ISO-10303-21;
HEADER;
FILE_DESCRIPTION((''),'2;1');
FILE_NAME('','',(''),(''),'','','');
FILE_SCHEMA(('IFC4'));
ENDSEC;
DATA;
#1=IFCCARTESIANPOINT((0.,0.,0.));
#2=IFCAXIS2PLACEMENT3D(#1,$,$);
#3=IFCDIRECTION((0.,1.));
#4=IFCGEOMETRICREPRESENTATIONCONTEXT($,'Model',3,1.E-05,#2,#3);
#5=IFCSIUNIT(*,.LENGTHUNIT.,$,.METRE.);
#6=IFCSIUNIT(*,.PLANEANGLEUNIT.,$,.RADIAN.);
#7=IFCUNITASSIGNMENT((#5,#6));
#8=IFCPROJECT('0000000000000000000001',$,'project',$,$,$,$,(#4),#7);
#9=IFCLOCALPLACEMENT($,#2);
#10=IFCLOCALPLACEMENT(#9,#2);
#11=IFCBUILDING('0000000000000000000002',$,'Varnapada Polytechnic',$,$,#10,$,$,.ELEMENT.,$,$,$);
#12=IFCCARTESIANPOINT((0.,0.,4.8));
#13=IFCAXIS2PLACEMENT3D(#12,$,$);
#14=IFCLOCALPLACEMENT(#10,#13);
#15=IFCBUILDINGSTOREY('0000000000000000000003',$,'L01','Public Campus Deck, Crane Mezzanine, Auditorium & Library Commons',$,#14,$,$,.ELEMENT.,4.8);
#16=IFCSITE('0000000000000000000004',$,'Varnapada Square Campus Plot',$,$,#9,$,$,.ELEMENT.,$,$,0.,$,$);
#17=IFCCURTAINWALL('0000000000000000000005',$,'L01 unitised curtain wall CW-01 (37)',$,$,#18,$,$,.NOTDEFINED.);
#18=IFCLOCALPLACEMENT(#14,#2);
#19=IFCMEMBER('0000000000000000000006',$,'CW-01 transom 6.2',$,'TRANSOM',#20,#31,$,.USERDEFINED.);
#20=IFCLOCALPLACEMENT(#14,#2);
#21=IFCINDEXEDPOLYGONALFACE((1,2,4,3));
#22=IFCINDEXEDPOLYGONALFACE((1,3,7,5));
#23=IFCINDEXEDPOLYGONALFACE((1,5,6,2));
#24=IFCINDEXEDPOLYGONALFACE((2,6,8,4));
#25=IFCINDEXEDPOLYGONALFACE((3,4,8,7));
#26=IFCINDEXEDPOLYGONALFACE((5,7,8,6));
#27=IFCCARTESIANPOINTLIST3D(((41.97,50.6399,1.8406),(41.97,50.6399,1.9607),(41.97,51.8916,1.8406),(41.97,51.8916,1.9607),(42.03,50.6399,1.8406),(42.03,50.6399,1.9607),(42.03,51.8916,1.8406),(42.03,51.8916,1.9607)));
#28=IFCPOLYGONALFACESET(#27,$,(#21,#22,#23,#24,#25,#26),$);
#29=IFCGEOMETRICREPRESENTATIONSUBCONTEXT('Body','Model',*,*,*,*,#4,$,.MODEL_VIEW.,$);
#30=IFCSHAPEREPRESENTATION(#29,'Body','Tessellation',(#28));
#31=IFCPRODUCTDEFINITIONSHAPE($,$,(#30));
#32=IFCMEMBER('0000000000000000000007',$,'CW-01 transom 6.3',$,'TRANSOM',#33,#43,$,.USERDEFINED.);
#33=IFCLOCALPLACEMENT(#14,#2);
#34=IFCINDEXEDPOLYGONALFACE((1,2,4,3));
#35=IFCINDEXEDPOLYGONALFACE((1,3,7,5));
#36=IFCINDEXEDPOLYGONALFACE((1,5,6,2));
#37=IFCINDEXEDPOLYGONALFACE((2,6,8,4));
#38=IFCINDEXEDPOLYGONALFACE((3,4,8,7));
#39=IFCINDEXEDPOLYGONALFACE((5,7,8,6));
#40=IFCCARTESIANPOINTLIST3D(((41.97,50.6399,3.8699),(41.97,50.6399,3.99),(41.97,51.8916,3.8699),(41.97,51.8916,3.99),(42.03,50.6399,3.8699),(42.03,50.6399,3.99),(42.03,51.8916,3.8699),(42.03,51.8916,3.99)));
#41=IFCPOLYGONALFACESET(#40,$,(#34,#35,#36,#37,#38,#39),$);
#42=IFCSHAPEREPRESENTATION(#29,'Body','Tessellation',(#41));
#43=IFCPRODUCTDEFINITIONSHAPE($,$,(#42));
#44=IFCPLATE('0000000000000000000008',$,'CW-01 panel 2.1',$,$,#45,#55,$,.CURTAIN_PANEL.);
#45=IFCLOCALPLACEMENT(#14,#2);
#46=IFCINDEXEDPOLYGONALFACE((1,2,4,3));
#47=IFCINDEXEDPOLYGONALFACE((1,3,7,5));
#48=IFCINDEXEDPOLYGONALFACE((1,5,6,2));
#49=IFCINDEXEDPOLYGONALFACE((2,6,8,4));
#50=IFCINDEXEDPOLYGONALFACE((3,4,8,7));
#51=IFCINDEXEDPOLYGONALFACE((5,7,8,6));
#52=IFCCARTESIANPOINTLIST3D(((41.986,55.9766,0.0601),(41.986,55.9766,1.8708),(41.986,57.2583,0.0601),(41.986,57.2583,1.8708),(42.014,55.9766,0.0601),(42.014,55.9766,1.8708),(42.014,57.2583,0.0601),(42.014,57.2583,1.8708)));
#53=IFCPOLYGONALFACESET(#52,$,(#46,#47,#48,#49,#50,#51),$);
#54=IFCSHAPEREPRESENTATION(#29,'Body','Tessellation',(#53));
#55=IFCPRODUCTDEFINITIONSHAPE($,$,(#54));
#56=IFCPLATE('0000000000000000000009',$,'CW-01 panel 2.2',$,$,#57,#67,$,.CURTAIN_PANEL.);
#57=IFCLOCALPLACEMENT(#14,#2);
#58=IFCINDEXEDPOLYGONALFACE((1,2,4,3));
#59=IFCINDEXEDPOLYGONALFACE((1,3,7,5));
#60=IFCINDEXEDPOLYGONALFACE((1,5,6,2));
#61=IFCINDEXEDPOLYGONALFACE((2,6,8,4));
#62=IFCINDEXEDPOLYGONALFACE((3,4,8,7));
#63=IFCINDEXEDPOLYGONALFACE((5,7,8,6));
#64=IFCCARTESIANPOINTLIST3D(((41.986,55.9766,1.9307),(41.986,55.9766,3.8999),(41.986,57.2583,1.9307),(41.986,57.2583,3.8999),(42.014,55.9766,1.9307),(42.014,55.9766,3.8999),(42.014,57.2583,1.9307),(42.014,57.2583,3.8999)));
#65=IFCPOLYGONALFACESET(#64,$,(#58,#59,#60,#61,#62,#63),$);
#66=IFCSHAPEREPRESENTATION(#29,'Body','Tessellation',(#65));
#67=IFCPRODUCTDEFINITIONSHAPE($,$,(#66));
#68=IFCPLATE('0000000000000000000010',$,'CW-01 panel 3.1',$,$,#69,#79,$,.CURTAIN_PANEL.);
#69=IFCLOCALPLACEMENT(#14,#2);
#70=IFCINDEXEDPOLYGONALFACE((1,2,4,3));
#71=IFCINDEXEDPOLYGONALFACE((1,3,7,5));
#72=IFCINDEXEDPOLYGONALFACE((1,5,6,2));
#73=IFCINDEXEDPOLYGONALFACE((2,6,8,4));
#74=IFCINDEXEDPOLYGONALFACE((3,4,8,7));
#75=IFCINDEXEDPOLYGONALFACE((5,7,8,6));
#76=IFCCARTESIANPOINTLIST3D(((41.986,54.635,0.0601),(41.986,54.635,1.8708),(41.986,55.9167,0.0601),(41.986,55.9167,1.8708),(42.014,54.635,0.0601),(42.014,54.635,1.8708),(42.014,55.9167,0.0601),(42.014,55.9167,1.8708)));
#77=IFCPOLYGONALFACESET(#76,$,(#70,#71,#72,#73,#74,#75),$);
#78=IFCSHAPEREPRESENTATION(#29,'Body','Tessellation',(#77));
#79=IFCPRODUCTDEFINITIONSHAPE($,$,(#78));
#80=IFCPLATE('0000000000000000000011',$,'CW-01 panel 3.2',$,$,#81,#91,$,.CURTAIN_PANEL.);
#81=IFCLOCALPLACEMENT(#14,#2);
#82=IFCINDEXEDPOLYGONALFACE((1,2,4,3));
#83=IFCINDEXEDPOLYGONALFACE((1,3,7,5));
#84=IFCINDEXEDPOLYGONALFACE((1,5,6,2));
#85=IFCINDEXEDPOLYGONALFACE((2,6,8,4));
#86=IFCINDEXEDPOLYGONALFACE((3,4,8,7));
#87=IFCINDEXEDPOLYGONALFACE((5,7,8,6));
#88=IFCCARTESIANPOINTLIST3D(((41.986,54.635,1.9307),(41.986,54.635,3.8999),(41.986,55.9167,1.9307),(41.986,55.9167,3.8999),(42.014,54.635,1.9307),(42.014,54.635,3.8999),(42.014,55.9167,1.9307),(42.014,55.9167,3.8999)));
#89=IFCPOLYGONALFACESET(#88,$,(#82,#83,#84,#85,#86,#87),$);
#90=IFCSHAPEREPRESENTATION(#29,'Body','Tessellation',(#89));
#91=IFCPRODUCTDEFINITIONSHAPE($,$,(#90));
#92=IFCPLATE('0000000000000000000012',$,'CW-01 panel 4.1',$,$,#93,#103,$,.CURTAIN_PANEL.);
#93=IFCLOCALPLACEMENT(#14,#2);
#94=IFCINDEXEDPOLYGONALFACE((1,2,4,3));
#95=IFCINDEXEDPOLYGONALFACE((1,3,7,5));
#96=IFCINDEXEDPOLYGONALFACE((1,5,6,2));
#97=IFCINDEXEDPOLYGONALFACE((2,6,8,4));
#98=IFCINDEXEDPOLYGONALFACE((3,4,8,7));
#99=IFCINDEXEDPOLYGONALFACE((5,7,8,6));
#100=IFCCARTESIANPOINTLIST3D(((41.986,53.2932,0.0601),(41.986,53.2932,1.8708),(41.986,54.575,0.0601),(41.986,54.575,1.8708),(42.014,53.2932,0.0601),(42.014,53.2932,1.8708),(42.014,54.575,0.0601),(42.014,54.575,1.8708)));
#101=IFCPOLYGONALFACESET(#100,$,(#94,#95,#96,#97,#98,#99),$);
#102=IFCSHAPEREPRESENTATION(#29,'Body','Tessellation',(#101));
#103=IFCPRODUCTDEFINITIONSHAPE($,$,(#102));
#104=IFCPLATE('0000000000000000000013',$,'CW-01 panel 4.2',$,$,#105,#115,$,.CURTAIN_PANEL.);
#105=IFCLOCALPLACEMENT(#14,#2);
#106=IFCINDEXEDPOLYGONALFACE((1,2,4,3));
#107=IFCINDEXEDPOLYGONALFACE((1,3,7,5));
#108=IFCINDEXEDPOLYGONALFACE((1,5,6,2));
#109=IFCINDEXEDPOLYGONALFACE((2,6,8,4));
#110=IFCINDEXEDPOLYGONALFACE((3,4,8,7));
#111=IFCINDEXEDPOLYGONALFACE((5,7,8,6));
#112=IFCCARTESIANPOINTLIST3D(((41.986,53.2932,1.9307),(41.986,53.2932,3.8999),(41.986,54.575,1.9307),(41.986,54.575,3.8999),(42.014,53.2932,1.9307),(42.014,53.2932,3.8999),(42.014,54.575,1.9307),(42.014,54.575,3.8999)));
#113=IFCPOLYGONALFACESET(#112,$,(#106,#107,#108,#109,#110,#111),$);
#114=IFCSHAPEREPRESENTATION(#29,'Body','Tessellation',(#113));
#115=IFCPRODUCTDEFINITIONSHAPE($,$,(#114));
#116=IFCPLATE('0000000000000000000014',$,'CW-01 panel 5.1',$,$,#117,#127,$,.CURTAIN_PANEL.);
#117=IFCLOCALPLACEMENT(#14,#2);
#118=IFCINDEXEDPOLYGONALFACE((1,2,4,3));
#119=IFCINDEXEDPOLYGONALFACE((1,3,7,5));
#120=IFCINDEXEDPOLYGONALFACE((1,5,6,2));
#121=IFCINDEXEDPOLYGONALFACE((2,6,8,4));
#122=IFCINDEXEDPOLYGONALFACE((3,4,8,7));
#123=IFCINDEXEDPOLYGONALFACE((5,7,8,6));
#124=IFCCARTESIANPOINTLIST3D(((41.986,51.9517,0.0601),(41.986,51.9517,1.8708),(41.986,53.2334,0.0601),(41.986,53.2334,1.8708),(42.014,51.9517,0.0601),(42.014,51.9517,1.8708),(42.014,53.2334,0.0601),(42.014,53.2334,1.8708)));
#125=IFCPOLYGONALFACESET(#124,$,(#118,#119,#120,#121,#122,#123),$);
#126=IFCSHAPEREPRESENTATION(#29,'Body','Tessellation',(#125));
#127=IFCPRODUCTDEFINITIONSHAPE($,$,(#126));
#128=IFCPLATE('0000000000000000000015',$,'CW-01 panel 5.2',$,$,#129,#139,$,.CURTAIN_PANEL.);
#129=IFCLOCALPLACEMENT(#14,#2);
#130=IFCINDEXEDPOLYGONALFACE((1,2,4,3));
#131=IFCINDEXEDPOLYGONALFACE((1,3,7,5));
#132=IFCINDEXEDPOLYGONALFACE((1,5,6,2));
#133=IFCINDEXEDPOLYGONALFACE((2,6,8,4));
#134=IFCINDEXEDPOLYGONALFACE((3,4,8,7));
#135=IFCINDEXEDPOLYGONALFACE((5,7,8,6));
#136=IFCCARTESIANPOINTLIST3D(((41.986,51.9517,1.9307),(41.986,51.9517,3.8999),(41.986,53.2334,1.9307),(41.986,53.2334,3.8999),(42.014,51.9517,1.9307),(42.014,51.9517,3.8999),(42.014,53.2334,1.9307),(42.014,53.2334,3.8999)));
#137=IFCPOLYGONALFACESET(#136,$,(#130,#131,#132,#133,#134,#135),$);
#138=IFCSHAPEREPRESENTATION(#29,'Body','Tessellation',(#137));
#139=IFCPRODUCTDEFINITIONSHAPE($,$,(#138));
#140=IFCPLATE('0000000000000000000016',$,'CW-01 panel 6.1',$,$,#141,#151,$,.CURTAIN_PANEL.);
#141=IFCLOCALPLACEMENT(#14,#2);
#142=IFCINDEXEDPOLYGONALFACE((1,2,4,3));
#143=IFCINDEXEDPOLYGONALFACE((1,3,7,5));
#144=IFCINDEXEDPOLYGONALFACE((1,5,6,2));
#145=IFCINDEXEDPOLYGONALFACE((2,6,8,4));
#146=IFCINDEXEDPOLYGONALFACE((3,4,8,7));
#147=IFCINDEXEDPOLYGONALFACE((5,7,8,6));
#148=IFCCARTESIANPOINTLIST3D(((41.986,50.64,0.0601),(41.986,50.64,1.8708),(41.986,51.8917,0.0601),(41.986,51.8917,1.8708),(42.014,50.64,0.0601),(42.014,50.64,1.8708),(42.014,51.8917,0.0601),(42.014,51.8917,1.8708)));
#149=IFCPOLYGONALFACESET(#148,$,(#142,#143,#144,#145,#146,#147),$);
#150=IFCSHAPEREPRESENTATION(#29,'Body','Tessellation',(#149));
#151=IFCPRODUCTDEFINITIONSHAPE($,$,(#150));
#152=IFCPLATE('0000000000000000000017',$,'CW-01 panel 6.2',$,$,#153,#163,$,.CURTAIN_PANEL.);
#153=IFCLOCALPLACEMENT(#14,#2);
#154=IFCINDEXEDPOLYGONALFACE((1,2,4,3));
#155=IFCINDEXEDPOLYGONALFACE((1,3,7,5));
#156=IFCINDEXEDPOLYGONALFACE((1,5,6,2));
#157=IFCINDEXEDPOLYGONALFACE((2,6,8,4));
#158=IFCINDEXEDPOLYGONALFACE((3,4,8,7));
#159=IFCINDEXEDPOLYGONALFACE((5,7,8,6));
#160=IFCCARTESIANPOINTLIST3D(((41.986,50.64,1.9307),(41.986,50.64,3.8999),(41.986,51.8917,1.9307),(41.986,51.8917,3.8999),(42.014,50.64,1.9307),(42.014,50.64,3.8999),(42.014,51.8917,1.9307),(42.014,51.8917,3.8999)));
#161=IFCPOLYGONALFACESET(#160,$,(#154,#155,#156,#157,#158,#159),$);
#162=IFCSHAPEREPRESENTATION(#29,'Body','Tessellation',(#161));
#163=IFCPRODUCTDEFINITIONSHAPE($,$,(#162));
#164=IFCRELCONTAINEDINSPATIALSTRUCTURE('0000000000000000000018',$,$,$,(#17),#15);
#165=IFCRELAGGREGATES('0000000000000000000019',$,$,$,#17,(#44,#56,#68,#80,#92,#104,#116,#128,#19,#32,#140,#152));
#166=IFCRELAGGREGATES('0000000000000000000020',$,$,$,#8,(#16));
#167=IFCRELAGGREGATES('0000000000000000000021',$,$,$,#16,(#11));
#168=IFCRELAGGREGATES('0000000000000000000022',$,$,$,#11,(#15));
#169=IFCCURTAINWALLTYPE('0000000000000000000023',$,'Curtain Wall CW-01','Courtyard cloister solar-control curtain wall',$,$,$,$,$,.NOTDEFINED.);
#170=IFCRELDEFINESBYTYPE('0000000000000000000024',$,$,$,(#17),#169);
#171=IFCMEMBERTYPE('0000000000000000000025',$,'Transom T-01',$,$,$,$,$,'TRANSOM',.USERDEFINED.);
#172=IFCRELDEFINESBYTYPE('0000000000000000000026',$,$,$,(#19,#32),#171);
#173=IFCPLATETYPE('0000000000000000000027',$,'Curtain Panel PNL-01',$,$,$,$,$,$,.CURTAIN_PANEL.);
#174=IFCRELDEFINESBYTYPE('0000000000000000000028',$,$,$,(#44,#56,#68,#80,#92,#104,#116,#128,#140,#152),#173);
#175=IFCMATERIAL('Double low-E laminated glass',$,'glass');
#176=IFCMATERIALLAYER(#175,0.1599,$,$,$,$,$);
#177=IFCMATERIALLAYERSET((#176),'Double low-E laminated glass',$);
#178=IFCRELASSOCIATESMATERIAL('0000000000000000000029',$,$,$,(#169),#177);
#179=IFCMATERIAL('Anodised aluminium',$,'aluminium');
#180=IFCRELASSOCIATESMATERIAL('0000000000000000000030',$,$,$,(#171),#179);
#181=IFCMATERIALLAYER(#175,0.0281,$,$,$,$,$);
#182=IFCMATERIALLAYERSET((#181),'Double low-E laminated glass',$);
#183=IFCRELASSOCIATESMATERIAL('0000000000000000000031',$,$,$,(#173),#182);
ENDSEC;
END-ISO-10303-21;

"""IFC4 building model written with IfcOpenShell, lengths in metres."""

from ifc_helpers import new_model, si_unit, direction, frame, origin, origin_2d, place, context, subcontext, project, spatial, rectangle, extrude, material, layer, layer_set, material_profile, profile_set, type_object, element, aggregate, save


model = new_model("IFC4")

# Units and contexts
model_context = context("Model", 3, precision=1e-05, world=origin(), true_north=direction((0.0, 1.0)))
body_context = subcontext(model_context, "Body", "Model", "MODEL_VIEW")
ifc_project = project(units=[si_unit("LENGTHUNIT", "METRE"), si_unit("PLANEANGLEUNIT", "RADIAN")], contexts=[model_context])

# Site, building, storey
site_placement = place(None, origin())
site = spatial("IfcSite", under=ifc_project, at=site_placement, Name="Varnapada Square Campus Plot", CompositionType="ELEMENT", RefElevation=0.0)
building_placement = place(site_placement, origin())
building = spatial("IfcBuilding", under=site, at=building_placement, Name="Varnapada Polytechnic", CompositionType="ELEMENT")
storey_placement = place(building_placement, frame((0.0, 0.0, 4.8)))
storey = spatial("IfcBuildingStorey", under=building, at=storey_placement, Name="L01", Description="Public Campus Deck, Crane Mezzanine, Auditorium & Library Commons", CompositionType="ELEMENT", Elevation=4.8)

# Curtain wall, members, plates
ifc_material_1 = material(Name="Double low-E laminated glass", Category="glass")
ifc_layer_1 = layer(ifc_material_1, 0.1599)
ifc_layer_set_1 = layer_set([ifc_layer_1], Name="Double low-E laminated glass")
curtain_wall_type = type_object("IfcCurtainWallType", Name="Curtain Wall CW-01", Description="Courtyard cloister solar-control curtain wall", PredefinedType="NOTDEFINED", material=ifc_layer_set_1)
curtain_wall_placement = place(storey_placement, origin())
curtain_wall = element("IfcCurtainWall", 1, at=curtain_wall_placement, inside=storey, type_object=curtain_wall_type, Name="L01 unitised curtain wall CW-01 (37)", PredefinedType="NOTDEFINED")
ifc_material_2 = material(Name="Anodised aluminium", Category="aluminium")
ifc_material_profile_1 = material_profile(ifc_material_2, rectangle(XDim=0.0601, YDim=0.1201, at=origin_2d()), Name="ALU T60x120")
ifc_profile_set_1 = profile_set([ifc_material_profile_1], Name="Anodised aluminium")
member_type_1 = type_object("IfcMemberType", Name="Transom T-01", ElementType="TRANSOM", PredefinedType="USERDEFINED", material=ifc_profile_set_1)
member_1_placement = place(storey_placement, frame((42.0, 51.8916, 1.9006), z_axis=(0.0, -1.0, 0.0), x_axis=(1.0, 0.0, 0.0)))
member_1 = element("IfcMember", 2, at=member_1_placement, type_object=member_type_1, Name="CW-01 transom 6.2", ObjectType="TRANSOM", PredefinedType="USERDEFINED", context=body_context, shape_type="SweptSolid", body=[
    extrude(rectangle(XDim=0.0601, YDim=0.1201, at=origin_2d()), origin(), (0.0, 0.0, 1.0), 1.2517),
])
member_2_placement = place(storey_placement, frame((42.0, 51.8916, 3.9299), z_axis=(0.0, -1.0, 0.0), x_axis=(1.0, 0.0, 0.0)))
member_2 = element("IfcMember", 3, at=member_2_placement, type_object=member_type_1, Name="CW-01 transom 6.3", ObjectType="TRANSOM", PredefinedType="USERDEFINED", context=body_context, shape_type="SweptSolid", body=[
    extrude(rectangle(XDim=0.0601, YDim=0.1201, at=origin_2d()), origin(), (0.0, 0.0, 1.0), 1.2517),
])
ifc_layer_2 = layer(ifc_material_1, 0.0281)
ifc_layer_set_2 = layer_set([ifc_layer_2], Name="Double low-E laminated glass")
plate_type = type_object("IfcPlateType", Name="Curtain Panel PNL-01", PredefinedType="CURTAIN_PANEL", material=ifc_layer_set_2)
plate_1_placement = place(storey_placement, frame((42.0, 56.6174, 0.0601), z_axis=(0.0, 0.0, 1.0), x_axis=(0.0, -1.0, 0.0)))
plate_1 = element("IfcPlate", 4, at=plate_1_placement, type_object=plate_type, Name="CW-01 panel 2.1", PredefinedType="CURTAIN_PANEL", context=body_context, shape_type="SweptSolid", body=[
    extrude(rectangle(XDim=1.2817, YDim=0.0281, at=origin_2d()), origin(), (0.0, 0.0, 1.0), 1.8108),
])
plate_2_placement = place(storey_placement, frame((42.0, 56.6174, 1.9307), z_axis=(0.0, 0.0, 1.0), x_axis=(0.0, -1.0, 0.0)))
plate_2 = element("IfcPlate", 5, at=plate_2_placement, type_object=plate_type, Name="CW-01 panel 2.2", PredefinedType="CURTAIN_PANEL", context=body_context, shape_type="SweptSolid", body=[
    extrude(rectangle(XDim=1.2817, YDim=0.0281, at=origin_2d()), origin(), (0.0, 0.0, 1.0), 1.9692),
])
plate_3_placement = place(storey_placement, frame((42.0, 55.2759, 0.0601), z_axis=(0.0, 0.0, 1.0), x_axis=(0.0, -1.0, 0.0)))
plate_3 = element("IfcPlate", 6, at=plate_3_placement, type_object=plate_type, Name="CW-01 panel 3.1", PredefinedType="CURTAIN_PANEL", context=body_context, shape_type="SweptSolid", body=[
    extrude(rectangle(XDim=1.2817, YDim=0.0281, at=origin_2d()), origin(), (0.0, 0.0, 1.0), 1.8108),
])
plate_4_placement = place(storey_placement, frame((42.0, 55.2759, 1.9307), z_axis=(0.0, 0.0, 1.0), x_axis=(0.0, -1.0, 0.0)))
plate_4 = element("IfcPlate", 7, at=plate_4_placement, type_object=plate_type, Name="CW-01 panel 3.2", PredefinedType="CURTAIN_PANEL", context=body_context, shape_type="SweptSolid", body=[
    extrude(rectangle(XDim=1.2817, YDim=0.0281, at=origin_2d()), origin(), (0.0, 0.0, 1.0), 1.9692),
])
plate_5_placement = place(storey_placement, frame((42.0, 53.9341, 0.0601), z_axis=(0.0, 0.0, 1.0), x_axis=(0.0, -1.0, 0.0)))
plate_5 = element("IfcPlate", 8, at=plate_5_placement, type_object=plate_type, Name="CW-01 panel 4.1", PredefinedType="CURTAIN_PANEL", context=body_context, shape_type="SweptSolid", body=[
    extrude(rectangle(XDim=1.2817, YDim=0.0281, at=origin_2d()), origin(), (0.0, 0.0, 1.0), 1.8108),
])
plate_6_placement = place(storey_placement, frame((42.0, 53.9341, 1.9307), z_axis=(0.0, 0.0, 1.0), x_axis=(0.0, -1.0, 0.0)))
plate_6 = element("IfcPlate", 9, at=plate_6_placement, type_object=plate_type, Name="CW-01 panel 4.2", PredefinedType="CURTAIN_PANEL", context=body_context, shape_type="SweptSolid", body=[
    extrude(rectangle(XDim=1.2817, YDim=0.0281, at=origin_2d()), origin(), (0.0, 0.0, 1.0), 1.9692),
])
plate_7_placement = place(storey_placement, frame((42.0, 52.5925, 0.0601), z_axis=(0.0, 0.0, 1.0), x_axis=(0.0, -1.0, 0.0)))
plate_7 = element("IfcPlate", 10, at=plate_7_placement, type_object=plate_type, Name="CW-01 panel 5.1", PredefinedType="CURTAIN_PANEL", context=body_context, shape_type="SweptSolid", body=[
    extrude(rectangle(XDim=1.2817, YDim=0.0281, at=origin_2d()), origin(), (0.0, 0.0, 1.0), 1.8108),
])
plate_8_placement = place(storey_placement, frame((42.0, 52.5925, 1.9307), z_axis=(0.0, 0.0, 1.0), x_axis=(0.0, -1.0, 0.0)))
plate_8 = element("IfcPlate", 11, at=plate_8_placement, type_object=plate_type, Name="CW-01 panel 5.2", PredefinedType="CURTAIN_PANEL", context=body_context, shape_type="SweptSolid", body=[
    extrude(rectangle(XDim=1.2817, YDim=0.0281, at=origin_2d()), origin(), (0.0, 0.0, 1.0), 1.9692),
])
plate_9_placement = place(storey_placement, frame((42.0, 51.2659, 0.0601), z_axis=(0.0, 0.0, 1.0), x_axis=(0.0, -1.0, 0.0)))
plate_9 = element("IfcPlate", 12, at=plate_9_placement, type_object=plate_type, Name="CW-01 panel 6.1", PredefinedType="CURTAIN_PANEL", context=body_context, shape_type="SweptSolid", body=[
    extrude(rectangle(XDim=1.2517, YDim=0.0281, at=origin_2d()), origin(), (0.0, 0.0, 1.0), 1.8108),
])
plate_10_placement = place(storey_placement, frame((42.0, 51.2659, 1.9307), z_axis=(0.0, 0.0, 1.0), x_axis=(0.0, -1.0, 0.0)))
plate_10 = element("IfcPlate", 13, at=plate_10_placement, type_object=plate_type, Name="CW-01 panel 6.2", PredefinedType="CURTAIN_PANEL", context=body_context, shape_type="SweptSolid", body=[
    extrude(rectangle(XDim=1.2517, YDim=0.0281, at=origin_2d()), origin(), (0.0, 0.0, 1.0), 1.9692),
])
aggregate(curtain_wall, [plate_1, plate_2, plate_3, plate_4, plate_5, plate_6, plate_7, plate_8, member_1, member_2, plate_9, plate_10])

save(model, "model.ifc")
